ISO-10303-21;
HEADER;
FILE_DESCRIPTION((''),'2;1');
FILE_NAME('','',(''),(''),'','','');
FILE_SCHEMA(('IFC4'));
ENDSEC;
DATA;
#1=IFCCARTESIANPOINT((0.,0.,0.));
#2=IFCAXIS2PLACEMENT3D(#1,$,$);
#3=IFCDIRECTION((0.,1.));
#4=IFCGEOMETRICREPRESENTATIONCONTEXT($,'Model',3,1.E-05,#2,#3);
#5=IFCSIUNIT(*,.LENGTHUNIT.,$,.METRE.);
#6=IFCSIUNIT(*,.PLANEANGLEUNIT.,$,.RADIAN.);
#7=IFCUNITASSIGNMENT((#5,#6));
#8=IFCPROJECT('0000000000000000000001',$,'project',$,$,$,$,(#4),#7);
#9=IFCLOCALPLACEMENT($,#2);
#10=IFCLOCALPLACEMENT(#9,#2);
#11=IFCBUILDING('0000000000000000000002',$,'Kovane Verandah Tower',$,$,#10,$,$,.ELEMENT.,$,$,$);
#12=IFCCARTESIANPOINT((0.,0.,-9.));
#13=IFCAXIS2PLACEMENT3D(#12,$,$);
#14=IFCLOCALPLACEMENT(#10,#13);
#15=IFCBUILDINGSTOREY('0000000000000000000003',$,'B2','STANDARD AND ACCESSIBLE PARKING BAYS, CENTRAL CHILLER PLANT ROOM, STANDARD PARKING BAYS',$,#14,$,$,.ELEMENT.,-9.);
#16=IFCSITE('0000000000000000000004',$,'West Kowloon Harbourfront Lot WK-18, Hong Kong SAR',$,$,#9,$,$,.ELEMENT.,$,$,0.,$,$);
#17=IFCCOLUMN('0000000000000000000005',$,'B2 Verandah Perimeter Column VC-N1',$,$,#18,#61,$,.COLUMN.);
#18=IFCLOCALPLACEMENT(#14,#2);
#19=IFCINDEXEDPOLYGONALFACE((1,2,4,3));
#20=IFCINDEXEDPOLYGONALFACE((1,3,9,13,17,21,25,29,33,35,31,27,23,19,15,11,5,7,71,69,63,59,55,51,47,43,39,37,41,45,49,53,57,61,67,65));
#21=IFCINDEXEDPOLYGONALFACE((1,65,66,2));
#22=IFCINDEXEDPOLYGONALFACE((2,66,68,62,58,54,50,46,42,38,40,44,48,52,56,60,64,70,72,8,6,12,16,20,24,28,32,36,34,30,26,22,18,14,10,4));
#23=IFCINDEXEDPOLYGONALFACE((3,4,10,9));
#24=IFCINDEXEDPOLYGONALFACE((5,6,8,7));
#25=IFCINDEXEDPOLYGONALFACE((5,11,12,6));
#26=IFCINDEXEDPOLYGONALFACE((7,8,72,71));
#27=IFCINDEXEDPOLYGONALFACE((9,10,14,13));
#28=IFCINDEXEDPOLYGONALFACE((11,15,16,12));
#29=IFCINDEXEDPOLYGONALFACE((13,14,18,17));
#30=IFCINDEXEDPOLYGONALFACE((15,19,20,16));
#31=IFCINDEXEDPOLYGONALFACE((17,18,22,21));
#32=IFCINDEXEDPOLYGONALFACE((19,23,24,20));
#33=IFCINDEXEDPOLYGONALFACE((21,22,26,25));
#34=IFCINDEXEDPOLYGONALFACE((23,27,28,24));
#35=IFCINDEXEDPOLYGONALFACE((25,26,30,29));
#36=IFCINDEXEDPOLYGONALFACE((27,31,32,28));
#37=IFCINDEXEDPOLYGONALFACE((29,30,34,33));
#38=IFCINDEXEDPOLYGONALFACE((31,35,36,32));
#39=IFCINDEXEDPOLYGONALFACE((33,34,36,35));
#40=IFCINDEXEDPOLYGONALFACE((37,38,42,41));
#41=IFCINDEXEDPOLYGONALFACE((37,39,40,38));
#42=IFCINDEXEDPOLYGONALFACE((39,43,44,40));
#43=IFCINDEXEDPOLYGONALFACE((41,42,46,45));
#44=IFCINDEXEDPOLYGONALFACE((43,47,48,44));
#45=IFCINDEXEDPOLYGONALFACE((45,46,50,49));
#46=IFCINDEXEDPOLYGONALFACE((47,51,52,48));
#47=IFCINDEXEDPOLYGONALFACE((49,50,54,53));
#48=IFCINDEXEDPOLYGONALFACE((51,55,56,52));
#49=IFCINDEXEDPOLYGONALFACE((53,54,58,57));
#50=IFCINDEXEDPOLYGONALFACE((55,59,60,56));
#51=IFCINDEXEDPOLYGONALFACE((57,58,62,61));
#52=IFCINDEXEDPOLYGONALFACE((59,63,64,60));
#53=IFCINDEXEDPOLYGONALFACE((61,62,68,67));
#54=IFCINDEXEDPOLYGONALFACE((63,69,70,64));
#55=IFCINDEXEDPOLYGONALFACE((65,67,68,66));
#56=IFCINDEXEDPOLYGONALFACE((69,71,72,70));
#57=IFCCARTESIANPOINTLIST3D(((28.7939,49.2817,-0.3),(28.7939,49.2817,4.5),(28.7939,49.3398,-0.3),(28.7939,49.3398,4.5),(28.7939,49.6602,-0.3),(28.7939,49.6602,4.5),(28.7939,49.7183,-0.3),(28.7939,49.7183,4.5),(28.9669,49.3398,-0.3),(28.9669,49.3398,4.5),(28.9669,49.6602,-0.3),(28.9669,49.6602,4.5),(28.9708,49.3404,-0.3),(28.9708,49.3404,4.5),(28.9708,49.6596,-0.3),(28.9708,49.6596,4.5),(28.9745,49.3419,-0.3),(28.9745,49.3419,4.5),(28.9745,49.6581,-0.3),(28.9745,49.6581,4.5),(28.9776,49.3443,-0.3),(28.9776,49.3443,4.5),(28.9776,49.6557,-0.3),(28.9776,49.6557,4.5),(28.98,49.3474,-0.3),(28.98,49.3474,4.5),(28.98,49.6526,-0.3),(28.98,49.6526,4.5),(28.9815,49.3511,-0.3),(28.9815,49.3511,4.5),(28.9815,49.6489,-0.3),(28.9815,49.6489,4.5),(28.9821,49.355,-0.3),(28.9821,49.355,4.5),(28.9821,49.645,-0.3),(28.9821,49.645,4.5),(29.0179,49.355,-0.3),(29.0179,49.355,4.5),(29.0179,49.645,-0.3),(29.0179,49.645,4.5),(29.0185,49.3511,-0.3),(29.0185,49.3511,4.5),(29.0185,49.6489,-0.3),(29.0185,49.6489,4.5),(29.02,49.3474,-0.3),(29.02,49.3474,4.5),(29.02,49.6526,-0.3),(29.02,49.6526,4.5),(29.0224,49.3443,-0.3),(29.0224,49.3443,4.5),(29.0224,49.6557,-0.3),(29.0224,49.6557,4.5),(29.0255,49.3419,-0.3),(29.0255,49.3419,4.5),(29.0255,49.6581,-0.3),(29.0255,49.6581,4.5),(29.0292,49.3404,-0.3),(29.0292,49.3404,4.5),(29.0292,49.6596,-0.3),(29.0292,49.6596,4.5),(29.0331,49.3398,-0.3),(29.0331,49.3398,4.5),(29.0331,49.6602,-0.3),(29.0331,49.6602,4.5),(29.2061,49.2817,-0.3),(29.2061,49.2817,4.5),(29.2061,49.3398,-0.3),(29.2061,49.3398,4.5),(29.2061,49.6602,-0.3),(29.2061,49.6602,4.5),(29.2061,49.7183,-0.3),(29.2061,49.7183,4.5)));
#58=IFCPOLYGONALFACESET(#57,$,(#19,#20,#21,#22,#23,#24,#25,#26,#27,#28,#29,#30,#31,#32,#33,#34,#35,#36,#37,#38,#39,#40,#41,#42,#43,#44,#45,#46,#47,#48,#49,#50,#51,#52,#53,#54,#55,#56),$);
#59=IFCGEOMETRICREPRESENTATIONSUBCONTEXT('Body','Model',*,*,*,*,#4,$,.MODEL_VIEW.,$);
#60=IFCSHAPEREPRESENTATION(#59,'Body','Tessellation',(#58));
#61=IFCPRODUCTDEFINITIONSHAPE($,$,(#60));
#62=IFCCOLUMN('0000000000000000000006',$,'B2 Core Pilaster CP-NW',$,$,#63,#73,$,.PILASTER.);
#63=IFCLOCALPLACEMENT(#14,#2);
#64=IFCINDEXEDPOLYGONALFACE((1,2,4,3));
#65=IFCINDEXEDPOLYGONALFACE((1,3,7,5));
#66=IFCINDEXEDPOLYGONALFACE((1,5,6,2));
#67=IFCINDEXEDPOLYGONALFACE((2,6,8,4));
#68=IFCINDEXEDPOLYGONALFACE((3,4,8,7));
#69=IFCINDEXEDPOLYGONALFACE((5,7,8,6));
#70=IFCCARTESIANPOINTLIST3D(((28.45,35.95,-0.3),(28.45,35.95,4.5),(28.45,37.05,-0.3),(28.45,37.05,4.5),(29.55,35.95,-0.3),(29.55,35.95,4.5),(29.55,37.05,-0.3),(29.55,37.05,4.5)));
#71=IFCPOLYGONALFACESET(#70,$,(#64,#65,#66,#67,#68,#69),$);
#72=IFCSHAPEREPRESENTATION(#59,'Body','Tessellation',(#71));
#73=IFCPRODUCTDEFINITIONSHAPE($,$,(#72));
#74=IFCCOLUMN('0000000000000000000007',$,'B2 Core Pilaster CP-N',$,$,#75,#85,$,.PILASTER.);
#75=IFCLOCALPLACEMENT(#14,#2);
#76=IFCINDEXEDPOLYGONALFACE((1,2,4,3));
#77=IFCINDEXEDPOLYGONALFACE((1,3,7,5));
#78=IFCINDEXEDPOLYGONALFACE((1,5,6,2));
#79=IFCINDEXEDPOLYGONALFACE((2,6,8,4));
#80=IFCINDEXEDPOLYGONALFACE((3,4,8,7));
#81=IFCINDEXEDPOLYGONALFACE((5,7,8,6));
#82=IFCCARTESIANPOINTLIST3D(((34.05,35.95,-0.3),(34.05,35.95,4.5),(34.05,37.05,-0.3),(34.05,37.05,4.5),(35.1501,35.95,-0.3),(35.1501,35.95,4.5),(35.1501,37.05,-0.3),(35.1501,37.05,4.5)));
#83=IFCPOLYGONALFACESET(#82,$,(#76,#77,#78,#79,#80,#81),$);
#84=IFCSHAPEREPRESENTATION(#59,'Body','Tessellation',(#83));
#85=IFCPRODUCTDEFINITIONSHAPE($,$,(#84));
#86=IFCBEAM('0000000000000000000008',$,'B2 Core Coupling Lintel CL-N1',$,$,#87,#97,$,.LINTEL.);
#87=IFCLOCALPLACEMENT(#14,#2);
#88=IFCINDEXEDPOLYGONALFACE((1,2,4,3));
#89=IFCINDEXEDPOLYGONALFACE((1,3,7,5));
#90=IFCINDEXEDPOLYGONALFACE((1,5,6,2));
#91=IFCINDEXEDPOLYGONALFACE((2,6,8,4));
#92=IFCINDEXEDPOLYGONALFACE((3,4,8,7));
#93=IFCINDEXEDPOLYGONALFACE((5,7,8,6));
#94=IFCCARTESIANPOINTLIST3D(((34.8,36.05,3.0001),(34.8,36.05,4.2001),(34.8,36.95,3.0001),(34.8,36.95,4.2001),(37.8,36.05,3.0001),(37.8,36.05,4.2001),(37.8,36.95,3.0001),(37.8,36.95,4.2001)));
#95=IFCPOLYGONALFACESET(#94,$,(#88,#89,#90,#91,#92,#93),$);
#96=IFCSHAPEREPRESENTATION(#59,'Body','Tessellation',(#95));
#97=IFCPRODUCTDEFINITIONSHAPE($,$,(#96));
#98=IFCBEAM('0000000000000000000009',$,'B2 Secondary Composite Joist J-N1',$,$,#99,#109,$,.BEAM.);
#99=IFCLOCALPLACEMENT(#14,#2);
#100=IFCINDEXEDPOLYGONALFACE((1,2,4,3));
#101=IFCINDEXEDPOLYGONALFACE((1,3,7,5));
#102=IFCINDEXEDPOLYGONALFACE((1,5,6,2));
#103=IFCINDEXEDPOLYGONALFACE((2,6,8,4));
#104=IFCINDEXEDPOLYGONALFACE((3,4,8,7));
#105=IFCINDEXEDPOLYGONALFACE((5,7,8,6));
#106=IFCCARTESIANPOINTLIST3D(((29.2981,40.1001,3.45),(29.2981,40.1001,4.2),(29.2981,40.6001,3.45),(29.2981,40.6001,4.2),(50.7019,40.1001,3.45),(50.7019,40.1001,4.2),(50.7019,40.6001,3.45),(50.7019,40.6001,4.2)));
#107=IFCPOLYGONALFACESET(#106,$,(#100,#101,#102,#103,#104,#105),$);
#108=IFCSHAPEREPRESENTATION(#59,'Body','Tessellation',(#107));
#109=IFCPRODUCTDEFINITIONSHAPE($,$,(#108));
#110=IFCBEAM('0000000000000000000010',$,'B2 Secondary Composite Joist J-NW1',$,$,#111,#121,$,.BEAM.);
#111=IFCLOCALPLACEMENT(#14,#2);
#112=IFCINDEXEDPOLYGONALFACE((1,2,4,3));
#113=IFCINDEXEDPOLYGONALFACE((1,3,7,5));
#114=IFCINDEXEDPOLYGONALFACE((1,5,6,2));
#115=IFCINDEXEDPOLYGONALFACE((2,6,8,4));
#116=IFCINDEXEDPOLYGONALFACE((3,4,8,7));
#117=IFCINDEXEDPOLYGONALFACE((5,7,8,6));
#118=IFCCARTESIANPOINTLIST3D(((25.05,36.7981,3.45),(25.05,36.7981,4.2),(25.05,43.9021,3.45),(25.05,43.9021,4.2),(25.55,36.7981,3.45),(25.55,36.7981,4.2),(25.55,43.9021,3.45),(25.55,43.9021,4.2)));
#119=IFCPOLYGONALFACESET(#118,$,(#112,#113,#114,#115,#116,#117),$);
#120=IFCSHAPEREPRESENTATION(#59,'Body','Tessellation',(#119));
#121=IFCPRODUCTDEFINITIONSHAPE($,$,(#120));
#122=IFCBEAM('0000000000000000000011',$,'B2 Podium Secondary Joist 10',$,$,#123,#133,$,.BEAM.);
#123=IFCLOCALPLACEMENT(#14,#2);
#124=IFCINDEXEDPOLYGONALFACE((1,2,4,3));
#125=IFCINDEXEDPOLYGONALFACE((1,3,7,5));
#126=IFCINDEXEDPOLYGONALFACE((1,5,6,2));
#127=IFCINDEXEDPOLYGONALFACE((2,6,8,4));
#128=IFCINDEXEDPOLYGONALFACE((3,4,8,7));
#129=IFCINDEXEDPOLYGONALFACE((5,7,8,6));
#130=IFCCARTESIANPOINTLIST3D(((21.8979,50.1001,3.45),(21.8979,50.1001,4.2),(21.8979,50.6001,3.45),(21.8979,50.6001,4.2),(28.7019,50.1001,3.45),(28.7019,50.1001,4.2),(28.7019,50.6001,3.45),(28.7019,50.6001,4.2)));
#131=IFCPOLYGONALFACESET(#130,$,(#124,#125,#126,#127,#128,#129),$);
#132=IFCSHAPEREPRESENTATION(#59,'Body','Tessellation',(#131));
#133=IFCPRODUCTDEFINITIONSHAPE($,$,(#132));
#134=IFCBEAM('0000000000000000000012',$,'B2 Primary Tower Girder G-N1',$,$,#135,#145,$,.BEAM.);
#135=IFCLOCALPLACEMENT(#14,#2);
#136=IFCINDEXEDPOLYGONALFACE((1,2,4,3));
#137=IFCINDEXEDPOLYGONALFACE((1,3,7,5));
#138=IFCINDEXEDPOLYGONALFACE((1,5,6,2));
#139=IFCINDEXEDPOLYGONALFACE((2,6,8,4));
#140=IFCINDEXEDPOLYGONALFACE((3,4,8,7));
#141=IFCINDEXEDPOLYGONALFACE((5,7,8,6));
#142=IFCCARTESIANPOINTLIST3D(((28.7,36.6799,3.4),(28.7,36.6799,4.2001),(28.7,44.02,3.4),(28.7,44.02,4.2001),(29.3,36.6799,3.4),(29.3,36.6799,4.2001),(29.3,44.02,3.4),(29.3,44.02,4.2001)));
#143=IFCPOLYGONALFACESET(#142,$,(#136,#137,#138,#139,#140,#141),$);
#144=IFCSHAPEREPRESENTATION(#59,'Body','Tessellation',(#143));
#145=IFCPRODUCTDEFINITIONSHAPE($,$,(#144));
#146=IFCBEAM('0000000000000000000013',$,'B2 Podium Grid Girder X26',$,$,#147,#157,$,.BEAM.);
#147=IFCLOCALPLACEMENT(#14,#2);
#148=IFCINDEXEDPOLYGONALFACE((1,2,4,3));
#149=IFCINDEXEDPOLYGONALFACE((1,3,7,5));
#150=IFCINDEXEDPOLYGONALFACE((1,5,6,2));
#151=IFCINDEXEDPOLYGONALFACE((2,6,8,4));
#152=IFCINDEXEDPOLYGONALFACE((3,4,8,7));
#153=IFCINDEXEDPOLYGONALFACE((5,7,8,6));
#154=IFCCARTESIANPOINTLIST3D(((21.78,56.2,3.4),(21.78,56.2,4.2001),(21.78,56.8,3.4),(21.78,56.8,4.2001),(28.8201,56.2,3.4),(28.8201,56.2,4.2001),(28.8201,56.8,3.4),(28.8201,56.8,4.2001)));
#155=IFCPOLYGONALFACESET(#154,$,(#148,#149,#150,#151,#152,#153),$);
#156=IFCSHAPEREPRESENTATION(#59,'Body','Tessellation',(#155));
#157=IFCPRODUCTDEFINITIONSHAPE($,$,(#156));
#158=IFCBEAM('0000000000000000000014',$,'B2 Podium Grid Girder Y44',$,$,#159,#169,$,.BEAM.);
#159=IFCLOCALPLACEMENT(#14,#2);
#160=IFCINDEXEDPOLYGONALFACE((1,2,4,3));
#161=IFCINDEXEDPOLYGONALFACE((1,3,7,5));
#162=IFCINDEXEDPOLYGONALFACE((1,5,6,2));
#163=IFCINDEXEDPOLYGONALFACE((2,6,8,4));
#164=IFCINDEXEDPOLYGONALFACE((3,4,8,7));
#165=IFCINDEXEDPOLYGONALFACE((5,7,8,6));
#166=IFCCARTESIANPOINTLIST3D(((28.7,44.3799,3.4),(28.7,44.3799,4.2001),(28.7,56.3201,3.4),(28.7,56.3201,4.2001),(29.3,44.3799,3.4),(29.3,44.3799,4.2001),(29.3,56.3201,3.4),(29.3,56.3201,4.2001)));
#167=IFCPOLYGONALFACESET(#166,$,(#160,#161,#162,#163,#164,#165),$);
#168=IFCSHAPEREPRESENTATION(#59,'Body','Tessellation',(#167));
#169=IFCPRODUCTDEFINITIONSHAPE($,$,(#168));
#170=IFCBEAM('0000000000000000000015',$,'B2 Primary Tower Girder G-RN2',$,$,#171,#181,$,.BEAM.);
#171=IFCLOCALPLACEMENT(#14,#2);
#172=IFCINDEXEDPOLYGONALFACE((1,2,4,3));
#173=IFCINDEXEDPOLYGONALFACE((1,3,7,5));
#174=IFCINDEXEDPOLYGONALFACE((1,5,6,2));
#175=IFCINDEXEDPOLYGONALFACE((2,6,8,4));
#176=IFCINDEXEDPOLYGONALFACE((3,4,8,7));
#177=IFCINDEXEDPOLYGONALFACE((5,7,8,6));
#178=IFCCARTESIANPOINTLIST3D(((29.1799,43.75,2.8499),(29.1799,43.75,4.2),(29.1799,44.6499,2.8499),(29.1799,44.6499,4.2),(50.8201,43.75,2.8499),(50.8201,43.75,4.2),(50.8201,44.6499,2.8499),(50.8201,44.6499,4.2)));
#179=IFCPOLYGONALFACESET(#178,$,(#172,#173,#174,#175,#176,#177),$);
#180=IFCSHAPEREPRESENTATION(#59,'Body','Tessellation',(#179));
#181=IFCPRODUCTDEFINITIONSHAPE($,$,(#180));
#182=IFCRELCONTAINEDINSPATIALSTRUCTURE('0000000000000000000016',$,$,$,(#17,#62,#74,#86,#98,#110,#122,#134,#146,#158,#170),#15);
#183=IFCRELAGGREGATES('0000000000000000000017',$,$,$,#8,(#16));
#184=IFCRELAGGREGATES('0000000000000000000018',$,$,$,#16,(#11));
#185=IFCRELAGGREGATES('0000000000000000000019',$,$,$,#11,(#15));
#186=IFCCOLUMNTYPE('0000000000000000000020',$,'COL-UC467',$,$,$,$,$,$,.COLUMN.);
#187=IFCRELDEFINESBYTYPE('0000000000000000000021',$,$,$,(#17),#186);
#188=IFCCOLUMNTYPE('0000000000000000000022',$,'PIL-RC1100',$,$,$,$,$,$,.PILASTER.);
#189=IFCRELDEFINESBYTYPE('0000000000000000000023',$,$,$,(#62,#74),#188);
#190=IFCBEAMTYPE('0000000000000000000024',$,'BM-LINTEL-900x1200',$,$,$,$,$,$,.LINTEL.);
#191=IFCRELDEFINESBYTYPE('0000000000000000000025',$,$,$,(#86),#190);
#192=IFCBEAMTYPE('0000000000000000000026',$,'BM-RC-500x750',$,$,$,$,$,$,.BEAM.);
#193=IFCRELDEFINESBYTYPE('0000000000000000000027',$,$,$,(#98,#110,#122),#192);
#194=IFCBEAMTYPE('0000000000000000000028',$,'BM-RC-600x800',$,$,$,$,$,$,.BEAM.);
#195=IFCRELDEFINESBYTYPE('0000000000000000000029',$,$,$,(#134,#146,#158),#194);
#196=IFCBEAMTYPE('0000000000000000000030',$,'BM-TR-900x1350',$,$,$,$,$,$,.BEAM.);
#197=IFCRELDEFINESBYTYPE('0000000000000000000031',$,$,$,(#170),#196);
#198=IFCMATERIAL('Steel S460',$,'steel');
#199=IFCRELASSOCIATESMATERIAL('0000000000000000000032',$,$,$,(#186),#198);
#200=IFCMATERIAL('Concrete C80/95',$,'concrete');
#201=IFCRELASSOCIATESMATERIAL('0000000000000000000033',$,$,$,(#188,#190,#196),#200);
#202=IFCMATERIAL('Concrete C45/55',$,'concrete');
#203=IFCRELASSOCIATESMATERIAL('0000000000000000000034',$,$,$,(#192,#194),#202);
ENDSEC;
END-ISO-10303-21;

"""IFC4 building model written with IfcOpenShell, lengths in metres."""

from ifc_helpers import new_model, si_unit, direction, frame, origin, origin_2d, place, context, subcontext, project, spatial, rectangle, i_section, extrude, material, material_profile, profile_set, type_object, element, save


model = new_model("IFC4")

# Units and contexts
model_context = context("Model", 3, precision=1e-05, world=origin(), true_north=direction((0.0, 1.0)))
body_context = subcontext(model_context, "Body", "Model", "MODEL_VIEW")
ifc_project = project(units=[si_unit("LENGTHUNIT", "METRE"), si_unit("PLANEANGLEUNIT", "RADIAN")], contexts=[model_context])

# Site, building, storey
site_placement = place(None, origin())
site = spatial("IfcSite", under=ifc_project, at=site_placement, Name="West Kowloon Harbourfront Lot WK-18, Hong Kong SAR", CompositionType="ELEMENT", RefElevation=0.0)
building_placement = place(site_placement, origin())
building = spatial("IfcBuilding", under=site, at=building_placement, Name="Kovane Verandah Tower", CompositionType="ELEMENT")
storey_placement = place(building_placement, frame((0.0, 0.0, -9.0)))
storey = spatial("IfcBuildingStorey", under=building, at=storey_placement, Name="B2", Description="STANDARD AND ACCESSIBLE PARKING BAYS, CENTRAL CHILLER PLANT ROOM, STANDARD PARKING BAYS", CompositionType="ELEMENT", Elevation=-9.0)

# Columns
ifc_material_1 = material(Name="Concrete C80/95", Category="concrete")
ifc_material_2 = material(Name="Steel S460", Category="steel")
ifc_material_profile_1 = material_profile(ifc_material_2, i_section(OverallWidth=0.4121, OverallDepth=0.4365, WebThickness=0.0359, FlangeThickness=0.0581, FilletRadius=0.0151, at=origin_2d()), Name="UC356x406x467")
ifc_profile_set_1 = profile_set([ifc_material_profile_1], Name="Steel S460")
column_type_1 = type_object("IfcColumnType", Name="COL-UC467", PredefinedType="COLUMN", material=ifc_profile_set_1)
column_1_placement = place(storey_placement, frame((29.0, 49.5, -0.3), z_axis=(0.0, 0.0, 1.0), x_axis=(1.0, 0.0, 0.0)))
element("IfcColumn", 1, at=column_1_placement, inside=storey, type_object=column_type_1, Name="B2 Verandah Perimeter Column VC-N1", PredefinedType="COLUMN", context=body_context, shape_type="SweptSolid", body=[
    extrude(i_section(OverallWidth=0.4121, OverallDepth=0.4365, WebThickness=0.0359, FlangeThickness=0.0581, FilletRadius=0.0151, at=origin_2d()), origin(), (0.0, 0.0, 1.0), 4.8),
])
ifc_material_profile_2 = material_profile(ifc_material_1, rectangle(XDim=1.1001, YDim=1.1001, at=origin_2d()), Name="RC1100x1100")
ifc_profile_set_2 = profile_set([ifc_material_profile_2], Name="Concrete C80/95")
column_type_2 = type_object("IfcColumnType", Name="PIL-RC1100", PredefinedType="PILASTER", material=ifc_profile_set_2)
for number, where, z_axis, x_axis, name in (
    (2, (29.0, 36.5, -0.3), (0.0, 0.0, 1.0), (1.0, 0.0, 0.0), "B2 Core Pilaster CP-NW"),
    (3, (34.6001, 36.5, -0.3), (0.0, 0.0, 1.0), (1.0, 0.0, 0.0), "B2 Core Pilaster CP-N"),
):
    element("IfcColumn", number, at=place(storey_placement, frame(where, z_axis=z_axis, x_axis=x_axis)), inside=storey, type_object=column_type_2, Name=name, PredefinedType="PILASTER", context=body_context, shape_type="SweptSolid", body=[
        extrude(rectangle(XDim=1.1001, YDim=1.1001, at=origin_2d()), origin(), (0.0, 0.0, 1.0), 4.8),
    ])

# Beams
ifc_material_profile_3 = material_profile(ifc_material_1, rectangle(XDim=0.8999, YDim=1.2, at=origin_2d()), Name="RCB900x1200")
ifc_profile_set_3 = profile_set([ifc_material_profile_3], Name="Concrete C80/95")
beam_type_1 = type_object("IfcBeamType", Name="BM-LINTEL-900x1200", PredefinedType="LINTEL", material=ifc_profile_set_3)
beam_1_placement = place(storey_placement, frame((34.8, 36.5, 3.6001), z_axis=(1.0, 0.0, 0.0), x_axis=(0.0, 1.0, 0.0)))
element("IfcBeam", 4, at=beam_1_placement, inside=storey, type_object=beam_type_1, Name="B2 Core Coupling Lintel CL-N1", PredefinedType="LINTEL", context=body_context, shape_type="SweptSolid", body=[
    extrude(rectangle(XDim=0.8999, YDim=1.2, at=origin_2d()), origin(), (0.0, 0.0, 1.0), 3.0),
])
ifc_material_3 = material(Name="Concrete C45/55", Category="concrete")
ifc_material_profile_4 = material_profile(ifc_material_3, rectangle(XDim=0.5, YDim=0.75, at=origin_2d()), Name="RCB500x750")
ifc_profile_set_4 = profile_set([ifc_material_profile_4], Name="Concrete C45/55")
beam_type_2 = type_object("IfcBeamType", Name="BM-RC-500x750", PredefinedType="BEAM", material=ifc_profile_set_4)
beam_2_placement = place(storey_placement, frame((29.2981, 40.3501, 3.825), z_axis=(1.0, 0.0, 0.0), x_axis=(0.0, 1.0, 0.0)))
element("IfcBeam", 5, at=beam_2_placement, inside=storey, type_object=beam_type_2, Name="B2 Secondary Composite Joist J-N1", PredefinedType="BEAM", context=body_context, shape_type="SweptSolid", body=[
    extrude(rectangle(XDim=0.5, YDim=0.75, at=origin_2d()), origin(), (0.0, 0.0, 1.0), 21.4038),
])
beam_3_placement = place(storey_placement, frame((25.3, 36.7981, 3.825), z_axis=(0.0, 1.0, 0.0), x_axis=(-1.0, 0.0, 0.0)))
element("IfcBeam", 6, at=beam_3_placement, inside=storey, type_object=beam_type_2, Name="B2 Secondary Composite Joist J-NW1", PredefinedType="BEAM", context=body_context, shape_type="SweptSolid", body=[
    extrude(rectangle(XDim=0.5, YDim=0.75, at=origin_2d()), origin(), (0.0, 0.0, 1.0), 7.104),
])
beam_4_placement = place(storey_placement, frame((21.8979, 50.3501, 3.825), z_axis=(1.0, 0.0, 0.0), x_axis=(0.0, 1.0, 0.0)))
element("IfcBeam", 7, at=beam_4_placement, inside=storey, type_object=beam_type_2, Name="B2 Podium Secondary Joist 10", PredefinedType="BEAM", context=body_context, shape_type="SweptSolid", body=[
    extrude(rectangle(XDim=0.5, YDim=0.75, at=origin_2d()), origin(), (0.0, 0.0, 1.0), 6.804),
])
ifc_material_profile_5 = material_profile(ifc_material_3, rectangle(XDim=0.6001, YDim=0.8, at=origin_2d()), Name="RCB600x800")
ifc_profile_set_5 = profile_set([ifc_material_profile_5], Name="Concrete C45/55")
beam_type_3 = type_object("IfcBeamType", Name="BM-RC-600x800", PredefinedType="BEAM", material=ifc_profile_set_5)
beam_5_placement = place(storey_placement, frame((29.0, 36.6799, 3.8), z_axis=(0.0, 1.0, 0.0), x_axis=(-1.0, 0.0, 0.0)))
element("IfcBeam", 8, at=beam_5_placement, inside=storey, type_object=beam_type_3, Name="B2 Primary Tower Girder G-N1", PredefinedType="BEAM", context=body_context, shape_type="SweptSolid", body=[
    extrude(rectangle(XDim=0.6001, YDim=0.8, at=origin_2d()), origin(), (0.0, 0.0, 1.0), 7.3401),
])
beam_6_placement = place(storey_placement, frame((21.78, 56.5, 3.8), z_axis=(1.0, 0.0, 0.0), x_axis=(0.0, 1.0, 0.0)))
element("IfcBeam", 9, at=beam_6_placement, inside=storey, type_object=beam_type_3, Name="B2 Podium Grid Girder X26", PredefinedType="BEAM", context=body_context, shape_type="SweptSolid", body=[
    extrude(rectangle(XDim=0.6001, YDim=0.8, at=origin_2d()), origin(), (0.0, 0.0, 1.0), 7.04),
])
beam_7_placement = place(storey_placement, frame((29.0, 44.3799, 3.8), z_axis=(0.0, 1.0, 0.0), x_axis=(-1.0, 0.0, 0.0)))
element("IfcBeam", 10, at=beam_7_placement, inside=storey, type_object=beam_type_3, Name="B2 Podium Grid Girder Y44", PredefinedType="BEAM", context=body_context, shape_type="SweptSolid", body=[
    extrude(rectangle(XDim=0.6001, YDim=0.8, at=origin_2d()), origin(), (0.0, 0.0, 1.0), 11.9402),
])
ifc_material_profile_6 = material_profile(ifc_material_1, rectangle(XDim=0.8999, YDim=1.3501, at=origin_2d()), Name="RCB900x1350")
ifc_profile_set_6 = profile_set([ifc_material_profile_6], Name="Concrete C80/95")
beam_type_4 = type_object("IfcBeamType", Name="BM-TR-900x1350", PredefinedType="BEAM", material=ifc_profile_set_6)
for number, where, z_axis, x_axis, name in (
    (11, (29.1799, 44.2, 3.5249), (1.0, 0.0, 0.0), (0.0, 1.0, 0.0), "B2 Primary Tower Girder G-RN2"),
):
    element("IfcBeam", number, at=place(storey_placement, frame(where, z_axis=z_axis, x_axis=x_axis)), inside=storey, type_object=beam_type_4, Name=name, PredefinedType="BEAM", context=body_context, shape_type="SweptSolid", body=[
        extrude(rectangle(XDim=0.8999, YDim=1.3501, at=origin_2d()), origin(), (0.0, 0.0, 1.0), 21.6401),
    ])

save(model, "model.ifc")
